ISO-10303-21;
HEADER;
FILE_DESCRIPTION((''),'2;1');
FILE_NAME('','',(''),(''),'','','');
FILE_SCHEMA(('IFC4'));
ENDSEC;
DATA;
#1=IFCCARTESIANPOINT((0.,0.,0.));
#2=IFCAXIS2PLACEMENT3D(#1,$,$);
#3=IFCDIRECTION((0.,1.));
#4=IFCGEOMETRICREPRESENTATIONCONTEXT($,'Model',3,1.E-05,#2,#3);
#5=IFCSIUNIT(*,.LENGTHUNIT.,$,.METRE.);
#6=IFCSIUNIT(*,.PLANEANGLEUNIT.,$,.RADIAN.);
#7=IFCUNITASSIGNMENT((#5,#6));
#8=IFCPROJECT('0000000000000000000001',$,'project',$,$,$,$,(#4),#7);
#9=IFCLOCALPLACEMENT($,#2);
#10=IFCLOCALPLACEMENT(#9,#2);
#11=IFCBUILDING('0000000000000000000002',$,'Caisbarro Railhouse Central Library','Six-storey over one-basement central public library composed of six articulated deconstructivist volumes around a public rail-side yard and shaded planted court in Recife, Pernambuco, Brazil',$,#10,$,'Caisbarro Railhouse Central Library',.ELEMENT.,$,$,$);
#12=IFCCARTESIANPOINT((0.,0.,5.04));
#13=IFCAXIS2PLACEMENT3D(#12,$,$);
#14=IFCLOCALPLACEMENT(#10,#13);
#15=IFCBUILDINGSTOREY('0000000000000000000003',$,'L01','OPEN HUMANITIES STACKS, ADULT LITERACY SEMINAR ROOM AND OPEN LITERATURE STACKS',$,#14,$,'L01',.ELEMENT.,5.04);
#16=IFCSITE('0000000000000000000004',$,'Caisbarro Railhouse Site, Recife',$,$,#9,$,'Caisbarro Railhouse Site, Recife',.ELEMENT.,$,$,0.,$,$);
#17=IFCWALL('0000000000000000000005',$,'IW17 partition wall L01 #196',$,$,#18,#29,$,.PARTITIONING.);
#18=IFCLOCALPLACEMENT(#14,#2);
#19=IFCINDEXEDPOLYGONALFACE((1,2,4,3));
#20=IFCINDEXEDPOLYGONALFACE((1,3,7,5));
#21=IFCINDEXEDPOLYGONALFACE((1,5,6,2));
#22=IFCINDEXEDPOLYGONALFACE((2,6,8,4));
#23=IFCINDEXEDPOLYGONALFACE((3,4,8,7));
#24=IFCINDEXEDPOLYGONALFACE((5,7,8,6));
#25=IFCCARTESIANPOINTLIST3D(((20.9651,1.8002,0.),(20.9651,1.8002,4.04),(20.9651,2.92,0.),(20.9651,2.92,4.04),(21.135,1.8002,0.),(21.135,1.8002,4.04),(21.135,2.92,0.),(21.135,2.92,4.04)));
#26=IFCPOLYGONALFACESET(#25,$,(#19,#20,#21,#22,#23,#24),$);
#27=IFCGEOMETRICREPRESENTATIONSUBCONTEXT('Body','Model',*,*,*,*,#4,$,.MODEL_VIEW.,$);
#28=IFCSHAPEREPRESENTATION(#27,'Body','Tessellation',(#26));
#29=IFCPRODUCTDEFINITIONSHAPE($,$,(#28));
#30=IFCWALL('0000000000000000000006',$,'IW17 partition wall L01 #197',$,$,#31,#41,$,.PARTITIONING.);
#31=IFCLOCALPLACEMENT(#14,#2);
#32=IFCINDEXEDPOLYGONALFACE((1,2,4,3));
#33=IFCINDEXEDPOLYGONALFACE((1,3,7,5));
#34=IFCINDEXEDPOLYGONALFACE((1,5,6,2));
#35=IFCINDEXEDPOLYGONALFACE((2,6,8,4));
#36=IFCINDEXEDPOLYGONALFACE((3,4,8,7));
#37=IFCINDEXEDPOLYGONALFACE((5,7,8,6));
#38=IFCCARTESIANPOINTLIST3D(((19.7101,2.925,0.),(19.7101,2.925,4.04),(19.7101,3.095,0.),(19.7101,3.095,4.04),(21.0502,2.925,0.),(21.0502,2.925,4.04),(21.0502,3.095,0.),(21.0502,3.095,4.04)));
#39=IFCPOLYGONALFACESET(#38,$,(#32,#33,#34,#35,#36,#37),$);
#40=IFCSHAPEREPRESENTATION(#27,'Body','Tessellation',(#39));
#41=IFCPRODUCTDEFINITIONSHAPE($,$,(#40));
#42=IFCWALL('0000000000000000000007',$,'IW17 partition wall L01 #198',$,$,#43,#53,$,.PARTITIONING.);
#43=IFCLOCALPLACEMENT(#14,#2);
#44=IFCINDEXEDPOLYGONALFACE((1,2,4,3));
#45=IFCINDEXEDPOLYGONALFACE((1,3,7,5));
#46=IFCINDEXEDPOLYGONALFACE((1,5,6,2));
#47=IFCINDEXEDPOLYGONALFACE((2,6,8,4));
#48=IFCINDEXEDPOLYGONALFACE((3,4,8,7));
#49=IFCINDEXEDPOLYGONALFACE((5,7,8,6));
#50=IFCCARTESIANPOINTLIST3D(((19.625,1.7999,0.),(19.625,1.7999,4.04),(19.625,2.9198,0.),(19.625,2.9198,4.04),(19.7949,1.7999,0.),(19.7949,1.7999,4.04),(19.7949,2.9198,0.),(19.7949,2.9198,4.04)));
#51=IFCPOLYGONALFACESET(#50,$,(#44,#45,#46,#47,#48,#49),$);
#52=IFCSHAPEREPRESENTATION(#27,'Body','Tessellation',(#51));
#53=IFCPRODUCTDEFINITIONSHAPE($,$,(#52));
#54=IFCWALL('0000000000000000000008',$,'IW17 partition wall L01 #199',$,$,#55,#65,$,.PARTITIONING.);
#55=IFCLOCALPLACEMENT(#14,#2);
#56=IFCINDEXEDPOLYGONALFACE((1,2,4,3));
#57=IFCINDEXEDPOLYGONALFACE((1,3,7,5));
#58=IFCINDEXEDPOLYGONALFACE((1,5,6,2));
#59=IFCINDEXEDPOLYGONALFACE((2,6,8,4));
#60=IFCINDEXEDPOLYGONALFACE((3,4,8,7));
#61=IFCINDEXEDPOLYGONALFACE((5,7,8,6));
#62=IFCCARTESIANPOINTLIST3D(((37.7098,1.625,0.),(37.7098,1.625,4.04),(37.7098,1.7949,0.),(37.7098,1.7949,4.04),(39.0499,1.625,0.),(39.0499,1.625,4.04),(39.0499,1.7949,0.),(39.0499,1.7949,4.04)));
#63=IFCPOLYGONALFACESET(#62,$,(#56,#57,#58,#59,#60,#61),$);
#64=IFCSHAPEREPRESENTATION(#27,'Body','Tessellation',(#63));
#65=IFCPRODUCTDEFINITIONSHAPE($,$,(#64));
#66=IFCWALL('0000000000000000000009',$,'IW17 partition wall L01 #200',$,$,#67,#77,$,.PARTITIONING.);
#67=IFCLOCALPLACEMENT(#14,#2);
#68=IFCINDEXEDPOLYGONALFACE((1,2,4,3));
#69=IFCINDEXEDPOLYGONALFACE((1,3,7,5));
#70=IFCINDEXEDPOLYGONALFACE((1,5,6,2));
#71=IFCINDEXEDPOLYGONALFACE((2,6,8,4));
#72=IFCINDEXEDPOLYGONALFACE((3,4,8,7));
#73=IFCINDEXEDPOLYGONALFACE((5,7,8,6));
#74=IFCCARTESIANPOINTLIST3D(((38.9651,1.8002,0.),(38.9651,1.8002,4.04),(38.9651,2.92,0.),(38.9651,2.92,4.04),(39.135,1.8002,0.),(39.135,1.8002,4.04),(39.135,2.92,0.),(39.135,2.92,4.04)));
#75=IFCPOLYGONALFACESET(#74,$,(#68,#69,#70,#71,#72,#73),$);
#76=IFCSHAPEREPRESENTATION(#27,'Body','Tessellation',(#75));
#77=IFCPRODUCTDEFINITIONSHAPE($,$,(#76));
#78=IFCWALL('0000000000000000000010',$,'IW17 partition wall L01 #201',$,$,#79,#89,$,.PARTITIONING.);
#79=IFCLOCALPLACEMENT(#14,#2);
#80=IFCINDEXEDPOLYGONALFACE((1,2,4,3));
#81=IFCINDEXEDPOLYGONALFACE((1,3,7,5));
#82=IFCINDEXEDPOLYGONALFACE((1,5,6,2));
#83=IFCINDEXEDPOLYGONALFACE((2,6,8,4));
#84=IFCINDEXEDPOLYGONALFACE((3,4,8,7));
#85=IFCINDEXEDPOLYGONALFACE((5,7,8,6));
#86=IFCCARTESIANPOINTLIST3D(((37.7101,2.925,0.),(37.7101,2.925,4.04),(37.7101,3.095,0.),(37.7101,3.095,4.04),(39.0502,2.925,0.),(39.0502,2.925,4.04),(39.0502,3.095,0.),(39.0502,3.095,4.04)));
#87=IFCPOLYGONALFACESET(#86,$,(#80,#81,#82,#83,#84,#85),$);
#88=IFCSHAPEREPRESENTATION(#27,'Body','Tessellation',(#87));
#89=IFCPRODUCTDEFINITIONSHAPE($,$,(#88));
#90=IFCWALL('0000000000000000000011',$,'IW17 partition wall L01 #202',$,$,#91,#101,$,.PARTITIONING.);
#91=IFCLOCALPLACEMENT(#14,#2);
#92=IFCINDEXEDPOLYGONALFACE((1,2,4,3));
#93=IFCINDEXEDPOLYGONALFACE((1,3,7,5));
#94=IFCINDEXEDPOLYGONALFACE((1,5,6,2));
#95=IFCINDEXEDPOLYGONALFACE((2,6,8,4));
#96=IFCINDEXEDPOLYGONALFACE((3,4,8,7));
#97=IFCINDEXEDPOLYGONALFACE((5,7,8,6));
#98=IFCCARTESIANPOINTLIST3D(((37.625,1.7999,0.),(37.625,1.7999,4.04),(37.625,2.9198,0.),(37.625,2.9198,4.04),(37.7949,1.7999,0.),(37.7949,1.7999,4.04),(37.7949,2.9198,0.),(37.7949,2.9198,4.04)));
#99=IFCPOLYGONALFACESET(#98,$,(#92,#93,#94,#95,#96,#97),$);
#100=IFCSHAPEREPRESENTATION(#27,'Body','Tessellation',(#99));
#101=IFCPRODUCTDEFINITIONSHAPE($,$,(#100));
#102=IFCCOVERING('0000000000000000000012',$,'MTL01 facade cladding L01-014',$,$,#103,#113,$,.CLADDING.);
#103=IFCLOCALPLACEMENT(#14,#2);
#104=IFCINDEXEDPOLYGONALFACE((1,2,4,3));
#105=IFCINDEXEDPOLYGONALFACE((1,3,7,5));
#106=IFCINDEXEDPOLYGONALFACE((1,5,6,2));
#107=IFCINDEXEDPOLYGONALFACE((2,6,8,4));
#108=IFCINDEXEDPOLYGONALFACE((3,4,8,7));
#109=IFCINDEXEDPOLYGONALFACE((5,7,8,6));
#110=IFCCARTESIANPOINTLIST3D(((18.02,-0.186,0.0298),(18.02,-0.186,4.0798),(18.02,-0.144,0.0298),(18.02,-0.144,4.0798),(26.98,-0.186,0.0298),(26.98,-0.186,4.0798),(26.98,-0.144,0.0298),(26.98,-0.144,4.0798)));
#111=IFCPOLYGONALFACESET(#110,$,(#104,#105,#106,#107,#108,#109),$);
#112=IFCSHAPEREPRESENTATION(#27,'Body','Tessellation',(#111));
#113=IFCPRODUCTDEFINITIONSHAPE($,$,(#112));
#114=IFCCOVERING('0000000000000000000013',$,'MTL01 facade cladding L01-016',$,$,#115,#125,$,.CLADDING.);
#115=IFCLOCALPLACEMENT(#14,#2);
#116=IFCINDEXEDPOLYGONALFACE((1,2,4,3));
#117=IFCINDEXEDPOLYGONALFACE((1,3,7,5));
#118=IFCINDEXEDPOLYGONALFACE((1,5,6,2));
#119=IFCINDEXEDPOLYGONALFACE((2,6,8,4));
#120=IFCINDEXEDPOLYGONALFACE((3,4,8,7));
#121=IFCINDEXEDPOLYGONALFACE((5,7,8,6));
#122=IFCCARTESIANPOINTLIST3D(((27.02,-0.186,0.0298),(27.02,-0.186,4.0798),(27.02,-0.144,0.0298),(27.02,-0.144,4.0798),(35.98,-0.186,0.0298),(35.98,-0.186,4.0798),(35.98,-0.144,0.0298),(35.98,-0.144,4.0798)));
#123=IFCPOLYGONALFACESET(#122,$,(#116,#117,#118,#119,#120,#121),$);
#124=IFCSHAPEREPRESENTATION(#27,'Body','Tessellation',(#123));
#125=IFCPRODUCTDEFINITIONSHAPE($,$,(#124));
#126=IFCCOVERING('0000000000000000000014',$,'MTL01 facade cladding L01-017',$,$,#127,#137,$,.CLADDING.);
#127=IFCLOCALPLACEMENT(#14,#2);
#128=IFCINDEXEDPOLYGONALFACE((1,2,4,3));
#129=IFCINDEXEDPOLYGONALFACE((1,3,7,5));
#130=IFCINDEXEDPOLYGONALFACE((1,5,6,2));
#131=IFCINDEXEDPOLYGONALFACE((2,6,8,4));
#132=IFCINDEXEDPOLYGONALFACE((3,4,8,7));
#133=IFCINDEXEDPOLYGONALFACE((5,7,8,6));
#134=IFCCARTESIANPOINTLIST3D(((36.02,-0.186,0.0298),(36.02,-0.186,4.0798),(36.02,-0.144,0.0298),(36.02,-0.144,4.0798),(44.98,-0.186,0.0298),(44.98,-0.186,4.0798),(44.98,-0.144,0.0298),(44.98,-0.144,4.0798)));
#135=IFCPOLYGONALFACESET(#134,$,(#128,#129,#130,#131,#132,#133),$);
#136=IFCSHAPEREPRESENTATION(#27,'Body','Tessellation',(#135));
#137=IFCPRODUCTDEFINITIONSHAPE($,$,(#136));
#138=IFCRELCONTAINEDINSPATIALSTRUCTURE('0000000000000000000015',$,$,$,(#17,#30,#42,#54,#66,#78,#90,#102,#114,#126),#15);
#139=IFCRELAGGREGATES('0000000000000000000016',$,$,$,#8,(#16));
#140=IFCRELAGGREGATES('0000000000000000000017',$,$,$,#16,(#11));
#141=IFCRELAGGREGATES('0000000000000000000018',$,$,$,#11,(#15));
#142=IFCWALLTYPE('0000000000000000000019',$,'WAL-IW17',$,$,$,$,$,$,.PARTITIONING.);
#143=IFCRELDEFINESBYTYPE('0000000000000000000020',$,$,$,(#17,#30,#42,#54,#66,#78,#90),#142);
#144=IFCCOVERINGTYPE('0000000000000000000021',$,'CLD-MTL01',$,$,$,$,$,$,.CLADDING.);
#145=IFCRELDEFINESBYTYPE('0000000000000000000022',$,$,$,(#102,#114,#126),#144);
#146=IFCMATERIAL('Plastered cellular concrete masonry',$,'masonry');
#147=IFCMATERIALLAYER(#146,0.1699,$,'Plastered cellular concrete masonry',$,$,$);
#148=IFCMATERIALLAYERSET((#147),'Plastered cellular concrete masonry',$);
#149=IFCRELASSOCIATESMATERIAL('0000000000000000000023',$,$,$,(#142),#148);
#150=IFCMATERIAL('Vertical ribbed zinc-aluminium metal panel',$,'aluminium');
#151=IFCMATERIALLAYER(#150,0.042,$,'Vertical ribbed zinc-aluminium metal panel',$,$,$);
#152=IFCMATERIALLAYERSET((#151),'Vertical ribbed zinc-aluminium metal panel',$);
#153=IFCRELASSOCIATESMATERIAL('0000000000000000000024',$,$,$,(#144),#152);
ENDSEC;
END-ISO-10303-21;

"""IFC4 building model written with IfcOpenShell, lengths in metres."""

from ifc_helpers import new_model, si_unit, direction, frame, frame_2d, origin, origin_2d, place, context, subcontext, project, spatial, rectangle, extrude, material, layer, layer_set, type_object, element, save


model = new_model("IFC4")

# Units and contexts
model_context = context("Model", 3, precision=1e-05, world=origin(), true_north=direction((0.0, 1.0)))
body_context = subcontext(model_context, "Body", "Model", "MODEL_VIEW")
ifc_project = project(units=[si_unit("LENGTHUNIT", "METRE"), si_unit("PLANEANGLEUNIT", "RADIAN")], contexts=[model_context])

# Site, building, storey
site_placement = place(None, origin())
site = spatial("IfcSite", under=ifc_project, at=site_placement, Name="Caisbarro Railhouse Site, Recife", LongName="Caisbarro Railhouse Site, Recife", CompositionType="ELEMENT", RefElevation=0.0)
building_placement = place(site_placement, origin())
building = spatial("IfcBuilding", under=site, at=building_placement, Name="Caisbarro Railhouse Central Library", Description="Six-storey over one-basement central public library composed of six articulated deconstructivist volumes around a public rail-side yard and shaded planted court in Recife, Pernambuco, Brazil", LongName="Caisbarro Railhouse Central Library", CompositionType="ELEMENT")
storey_placement = place(building_placement, frame((0.0, 0.0, 5.04)))
storey = spatial("IfcBuildingStorey", under=building, at=storey_placement, Name="L01", Description="OPEN HUMANITIES STACKS, ADULT LITERACY SEMINAR ROOM AND OPEN LITERATURE STACKS", LongName="L01", CompositionType="ELEMENT", Elevation=5.04)

# Walls
ifc_material_1 = material(Name="Plastered cellular concrete masonry", Category="masonry")
ifc_layer_1 = layer(ifc_material_1, 0.1699, Name="Plastered cellular concrete masonry")
ifc_layer_set_1 = layer_set([ifc_layer_1], Name="Plastered cellular concrete masonry")
wall_type_1 = type_object("IfcWallType", Name="WAL-IW17", PredefinedType="PARTITIONING", material=ifc_layer_set_1)
wall_1_placement = place(storey_placement, frame((21.05, 1.8, 0.0), z_axis=(0.0, 0.0, 1.0), x_axis=(0.0, 1.0, 0.0)))
element("IfcWall", 1, at=wall_1_placement, inside=storey, type_object=wall_type_1, Name="IW17 partition wall L01 #196", PredefinedType="PARTITIONING", context=body_context, shape_type="SweptSolid", body=[
    extrude(rectangle(XDim=1.1199, YDim=0.1699, at=frame_2d((0.5601, 0.0))), origin(), (0.0, 0.0, 1.0), 4.04),
])
wall_2_placement = place(storey_placement, frame((21.05, 3.01, 0.0), z_axis=(0.0, 0.0, 1.0), x_axis=(-1.0, 0.0, 0.0)))
element("IfcWall", 2, at=wall_2_placement, inside=storey, type_object=wall_type_1, Name="IW17 partition wall L01 #197", PredefinedType="PARTITIONING", context=body_context, shape_type="SweptSolid", body=[
    extrude(rectangle(XDim=1.3401, YDim=0.1699, at=frame_2d((0.6699, 0.0))), origin(), (0.0, 0.0, 1.0), 4.04),
])
wall_3_placement = place(storey_placement, frame((19.71, 2.9199, 0.0), z_axis=(0.0, 0.0, 1.0), x_axis=(0.0, -1.0, 0.0)))
element("IfcWall", 3, at=wall_3_placement, inside=storey, type_object=wall_type_1, Name="IW17 partition wall L01 #198", PredefinedType="PARTITIONING", context=body_context, shape_type="SweptSolid", body=[
    extrude(rectangle(XDim=1.1199, YDim=0.1699, at=frame_2d((0.5601, 0.0))), origin(), (0.0, 0.0, 1.0), 4.04),
])
wall_4_placement = place(storey_placement, frame((37.71, 1.71, 0.0), z_axis=(0.0, 0.0, 1.0), x_axis=(1.0, 0.0, 0.0)))
element("IfcWall", 4, at=wall_4_placement, inside=storey, type_object=wall_type_1, Name="IW17 partition wall L01 #199", PredefinedType="PARTITIONING", context=body_context, shape_type="SweptSolid", body=[
    extrude(rectangle(XDim=1.3401, YDim=0.1699, at=frame_2d((0.6699, 0.0))), origin(), (0.0, 0.0, 1.0), 4.04),
])
wall_5_placement = place(storey_placement, frame((39.05, 1.8, 0.0), z_axis=(0.0, 0.0, 1.0), x_axis=(0.0, 1.0, 0.0)))
element("IfcWall", 5, at=wall_5_placement, inside=storey, type_object=wall_type_1, Name="IW17 partition wall L01 #200", PredefinedType="PARTITIONING", context=body_context, shape_type="SweptSolid", body=[
    extrude(rectangle(XDim=1.1199, YDim=0.1699, at=frame_2d((0.5601, 0.0))), origin(), (0.0, 0.0, 1.0), 4.04),
])
wall_6_placement = place(storey_placement, frame((39.05, 3.01, 0.0), z_axis=(0.0, 0.0, 1.0), x_axis=(-1.0, 0.0, 0.0)))
element("IfcWall", 6, at=wall_6_placement, inside=storey, type_object=wall_type_1, Name="IW17 partition wall L01 #201", PredefinedType="PARTITIONING", context=body_context, shape_type="SweptSolid", body=[
    extrude(rectangle(XDim=1.3401, YDim=0.1699, at=frame_2d((0.6699, 0.0))), origin(), (0.0, 0.0, 1.0), 4.04),
])
wall_7_placement = place(storey_placement, frame((37.71, 2.9199, 0.0), z_axis=(0.0, 0.0, 1.0), x_axis=(0.0, -1.0, 0.0)))
element("IfcWall", 7, at=wall_7_placement, inside=storey, type_object=wall_type_1, Name="IW17 partition wall L01 #202", PredefinedType="PARTITIONING", context=body_context, shape_type="SweptSolid", body=[
    extrude(rectangle(XDim=1.1199, YDim=0.1699, at=frame_2d((0.5601, 0.0))), origin(), (0.0, 0.0, 1.0), 4.04),
])

# Coverings
ifc_material_2 = material(Name="Vertical ribbed zinc-aluminium metal panel", Category="aluminium")
ifc_layer_2 = layer(ifc_material_2, 0.042, Name="Vertical ribbed zinc-aluminium metal panel")
ifc_layer_set_2 = layer_set([ifc_layer_2], Name="Vertical ribbed zinc-aluminium metal panel")
covering_type = type_object("IfcCoveringType", Name="CLD-MTL01", PredefinedType="CLADDING", material=ifc_layer_set_2)
for number, where, z_axis, x_axis, name in (
    (8, (22.5, -0.165, 0.0298), (0.0, 0.0, 1.0), (1.0, 0.0, 0.0), "MTL01 facade cladding L01-014"),
    (9, (31.5, -0.165, 0.0298), (0.0, 0.0, 1.0), (1.0, 0.0, 0.0), "MTL01 facade cladding L01-016"),
    (10, (40.5, -0.165, 0.0298), (0.0, 0.0, 1.0), (1.0, 0.0, 0.0), "MTL01 facade cladding L01-017"),
):
    element("IfcCovering", number, at=place(storey_placement, frame(where, z_axis=z_axis, x_axis=x_axis)), inside=storey, type_object=covering_type, Name=name, PredefinedType="CLADDING", context=body_context, shape_type="SweptSolid", body=[
        extrude(rectangle(XDim=8.96, YDim=0.042, at=origin_2d()), origin(), (0.0, 0.0, 1.0), 4.05),
    ])

save(model, "model.ifc")
